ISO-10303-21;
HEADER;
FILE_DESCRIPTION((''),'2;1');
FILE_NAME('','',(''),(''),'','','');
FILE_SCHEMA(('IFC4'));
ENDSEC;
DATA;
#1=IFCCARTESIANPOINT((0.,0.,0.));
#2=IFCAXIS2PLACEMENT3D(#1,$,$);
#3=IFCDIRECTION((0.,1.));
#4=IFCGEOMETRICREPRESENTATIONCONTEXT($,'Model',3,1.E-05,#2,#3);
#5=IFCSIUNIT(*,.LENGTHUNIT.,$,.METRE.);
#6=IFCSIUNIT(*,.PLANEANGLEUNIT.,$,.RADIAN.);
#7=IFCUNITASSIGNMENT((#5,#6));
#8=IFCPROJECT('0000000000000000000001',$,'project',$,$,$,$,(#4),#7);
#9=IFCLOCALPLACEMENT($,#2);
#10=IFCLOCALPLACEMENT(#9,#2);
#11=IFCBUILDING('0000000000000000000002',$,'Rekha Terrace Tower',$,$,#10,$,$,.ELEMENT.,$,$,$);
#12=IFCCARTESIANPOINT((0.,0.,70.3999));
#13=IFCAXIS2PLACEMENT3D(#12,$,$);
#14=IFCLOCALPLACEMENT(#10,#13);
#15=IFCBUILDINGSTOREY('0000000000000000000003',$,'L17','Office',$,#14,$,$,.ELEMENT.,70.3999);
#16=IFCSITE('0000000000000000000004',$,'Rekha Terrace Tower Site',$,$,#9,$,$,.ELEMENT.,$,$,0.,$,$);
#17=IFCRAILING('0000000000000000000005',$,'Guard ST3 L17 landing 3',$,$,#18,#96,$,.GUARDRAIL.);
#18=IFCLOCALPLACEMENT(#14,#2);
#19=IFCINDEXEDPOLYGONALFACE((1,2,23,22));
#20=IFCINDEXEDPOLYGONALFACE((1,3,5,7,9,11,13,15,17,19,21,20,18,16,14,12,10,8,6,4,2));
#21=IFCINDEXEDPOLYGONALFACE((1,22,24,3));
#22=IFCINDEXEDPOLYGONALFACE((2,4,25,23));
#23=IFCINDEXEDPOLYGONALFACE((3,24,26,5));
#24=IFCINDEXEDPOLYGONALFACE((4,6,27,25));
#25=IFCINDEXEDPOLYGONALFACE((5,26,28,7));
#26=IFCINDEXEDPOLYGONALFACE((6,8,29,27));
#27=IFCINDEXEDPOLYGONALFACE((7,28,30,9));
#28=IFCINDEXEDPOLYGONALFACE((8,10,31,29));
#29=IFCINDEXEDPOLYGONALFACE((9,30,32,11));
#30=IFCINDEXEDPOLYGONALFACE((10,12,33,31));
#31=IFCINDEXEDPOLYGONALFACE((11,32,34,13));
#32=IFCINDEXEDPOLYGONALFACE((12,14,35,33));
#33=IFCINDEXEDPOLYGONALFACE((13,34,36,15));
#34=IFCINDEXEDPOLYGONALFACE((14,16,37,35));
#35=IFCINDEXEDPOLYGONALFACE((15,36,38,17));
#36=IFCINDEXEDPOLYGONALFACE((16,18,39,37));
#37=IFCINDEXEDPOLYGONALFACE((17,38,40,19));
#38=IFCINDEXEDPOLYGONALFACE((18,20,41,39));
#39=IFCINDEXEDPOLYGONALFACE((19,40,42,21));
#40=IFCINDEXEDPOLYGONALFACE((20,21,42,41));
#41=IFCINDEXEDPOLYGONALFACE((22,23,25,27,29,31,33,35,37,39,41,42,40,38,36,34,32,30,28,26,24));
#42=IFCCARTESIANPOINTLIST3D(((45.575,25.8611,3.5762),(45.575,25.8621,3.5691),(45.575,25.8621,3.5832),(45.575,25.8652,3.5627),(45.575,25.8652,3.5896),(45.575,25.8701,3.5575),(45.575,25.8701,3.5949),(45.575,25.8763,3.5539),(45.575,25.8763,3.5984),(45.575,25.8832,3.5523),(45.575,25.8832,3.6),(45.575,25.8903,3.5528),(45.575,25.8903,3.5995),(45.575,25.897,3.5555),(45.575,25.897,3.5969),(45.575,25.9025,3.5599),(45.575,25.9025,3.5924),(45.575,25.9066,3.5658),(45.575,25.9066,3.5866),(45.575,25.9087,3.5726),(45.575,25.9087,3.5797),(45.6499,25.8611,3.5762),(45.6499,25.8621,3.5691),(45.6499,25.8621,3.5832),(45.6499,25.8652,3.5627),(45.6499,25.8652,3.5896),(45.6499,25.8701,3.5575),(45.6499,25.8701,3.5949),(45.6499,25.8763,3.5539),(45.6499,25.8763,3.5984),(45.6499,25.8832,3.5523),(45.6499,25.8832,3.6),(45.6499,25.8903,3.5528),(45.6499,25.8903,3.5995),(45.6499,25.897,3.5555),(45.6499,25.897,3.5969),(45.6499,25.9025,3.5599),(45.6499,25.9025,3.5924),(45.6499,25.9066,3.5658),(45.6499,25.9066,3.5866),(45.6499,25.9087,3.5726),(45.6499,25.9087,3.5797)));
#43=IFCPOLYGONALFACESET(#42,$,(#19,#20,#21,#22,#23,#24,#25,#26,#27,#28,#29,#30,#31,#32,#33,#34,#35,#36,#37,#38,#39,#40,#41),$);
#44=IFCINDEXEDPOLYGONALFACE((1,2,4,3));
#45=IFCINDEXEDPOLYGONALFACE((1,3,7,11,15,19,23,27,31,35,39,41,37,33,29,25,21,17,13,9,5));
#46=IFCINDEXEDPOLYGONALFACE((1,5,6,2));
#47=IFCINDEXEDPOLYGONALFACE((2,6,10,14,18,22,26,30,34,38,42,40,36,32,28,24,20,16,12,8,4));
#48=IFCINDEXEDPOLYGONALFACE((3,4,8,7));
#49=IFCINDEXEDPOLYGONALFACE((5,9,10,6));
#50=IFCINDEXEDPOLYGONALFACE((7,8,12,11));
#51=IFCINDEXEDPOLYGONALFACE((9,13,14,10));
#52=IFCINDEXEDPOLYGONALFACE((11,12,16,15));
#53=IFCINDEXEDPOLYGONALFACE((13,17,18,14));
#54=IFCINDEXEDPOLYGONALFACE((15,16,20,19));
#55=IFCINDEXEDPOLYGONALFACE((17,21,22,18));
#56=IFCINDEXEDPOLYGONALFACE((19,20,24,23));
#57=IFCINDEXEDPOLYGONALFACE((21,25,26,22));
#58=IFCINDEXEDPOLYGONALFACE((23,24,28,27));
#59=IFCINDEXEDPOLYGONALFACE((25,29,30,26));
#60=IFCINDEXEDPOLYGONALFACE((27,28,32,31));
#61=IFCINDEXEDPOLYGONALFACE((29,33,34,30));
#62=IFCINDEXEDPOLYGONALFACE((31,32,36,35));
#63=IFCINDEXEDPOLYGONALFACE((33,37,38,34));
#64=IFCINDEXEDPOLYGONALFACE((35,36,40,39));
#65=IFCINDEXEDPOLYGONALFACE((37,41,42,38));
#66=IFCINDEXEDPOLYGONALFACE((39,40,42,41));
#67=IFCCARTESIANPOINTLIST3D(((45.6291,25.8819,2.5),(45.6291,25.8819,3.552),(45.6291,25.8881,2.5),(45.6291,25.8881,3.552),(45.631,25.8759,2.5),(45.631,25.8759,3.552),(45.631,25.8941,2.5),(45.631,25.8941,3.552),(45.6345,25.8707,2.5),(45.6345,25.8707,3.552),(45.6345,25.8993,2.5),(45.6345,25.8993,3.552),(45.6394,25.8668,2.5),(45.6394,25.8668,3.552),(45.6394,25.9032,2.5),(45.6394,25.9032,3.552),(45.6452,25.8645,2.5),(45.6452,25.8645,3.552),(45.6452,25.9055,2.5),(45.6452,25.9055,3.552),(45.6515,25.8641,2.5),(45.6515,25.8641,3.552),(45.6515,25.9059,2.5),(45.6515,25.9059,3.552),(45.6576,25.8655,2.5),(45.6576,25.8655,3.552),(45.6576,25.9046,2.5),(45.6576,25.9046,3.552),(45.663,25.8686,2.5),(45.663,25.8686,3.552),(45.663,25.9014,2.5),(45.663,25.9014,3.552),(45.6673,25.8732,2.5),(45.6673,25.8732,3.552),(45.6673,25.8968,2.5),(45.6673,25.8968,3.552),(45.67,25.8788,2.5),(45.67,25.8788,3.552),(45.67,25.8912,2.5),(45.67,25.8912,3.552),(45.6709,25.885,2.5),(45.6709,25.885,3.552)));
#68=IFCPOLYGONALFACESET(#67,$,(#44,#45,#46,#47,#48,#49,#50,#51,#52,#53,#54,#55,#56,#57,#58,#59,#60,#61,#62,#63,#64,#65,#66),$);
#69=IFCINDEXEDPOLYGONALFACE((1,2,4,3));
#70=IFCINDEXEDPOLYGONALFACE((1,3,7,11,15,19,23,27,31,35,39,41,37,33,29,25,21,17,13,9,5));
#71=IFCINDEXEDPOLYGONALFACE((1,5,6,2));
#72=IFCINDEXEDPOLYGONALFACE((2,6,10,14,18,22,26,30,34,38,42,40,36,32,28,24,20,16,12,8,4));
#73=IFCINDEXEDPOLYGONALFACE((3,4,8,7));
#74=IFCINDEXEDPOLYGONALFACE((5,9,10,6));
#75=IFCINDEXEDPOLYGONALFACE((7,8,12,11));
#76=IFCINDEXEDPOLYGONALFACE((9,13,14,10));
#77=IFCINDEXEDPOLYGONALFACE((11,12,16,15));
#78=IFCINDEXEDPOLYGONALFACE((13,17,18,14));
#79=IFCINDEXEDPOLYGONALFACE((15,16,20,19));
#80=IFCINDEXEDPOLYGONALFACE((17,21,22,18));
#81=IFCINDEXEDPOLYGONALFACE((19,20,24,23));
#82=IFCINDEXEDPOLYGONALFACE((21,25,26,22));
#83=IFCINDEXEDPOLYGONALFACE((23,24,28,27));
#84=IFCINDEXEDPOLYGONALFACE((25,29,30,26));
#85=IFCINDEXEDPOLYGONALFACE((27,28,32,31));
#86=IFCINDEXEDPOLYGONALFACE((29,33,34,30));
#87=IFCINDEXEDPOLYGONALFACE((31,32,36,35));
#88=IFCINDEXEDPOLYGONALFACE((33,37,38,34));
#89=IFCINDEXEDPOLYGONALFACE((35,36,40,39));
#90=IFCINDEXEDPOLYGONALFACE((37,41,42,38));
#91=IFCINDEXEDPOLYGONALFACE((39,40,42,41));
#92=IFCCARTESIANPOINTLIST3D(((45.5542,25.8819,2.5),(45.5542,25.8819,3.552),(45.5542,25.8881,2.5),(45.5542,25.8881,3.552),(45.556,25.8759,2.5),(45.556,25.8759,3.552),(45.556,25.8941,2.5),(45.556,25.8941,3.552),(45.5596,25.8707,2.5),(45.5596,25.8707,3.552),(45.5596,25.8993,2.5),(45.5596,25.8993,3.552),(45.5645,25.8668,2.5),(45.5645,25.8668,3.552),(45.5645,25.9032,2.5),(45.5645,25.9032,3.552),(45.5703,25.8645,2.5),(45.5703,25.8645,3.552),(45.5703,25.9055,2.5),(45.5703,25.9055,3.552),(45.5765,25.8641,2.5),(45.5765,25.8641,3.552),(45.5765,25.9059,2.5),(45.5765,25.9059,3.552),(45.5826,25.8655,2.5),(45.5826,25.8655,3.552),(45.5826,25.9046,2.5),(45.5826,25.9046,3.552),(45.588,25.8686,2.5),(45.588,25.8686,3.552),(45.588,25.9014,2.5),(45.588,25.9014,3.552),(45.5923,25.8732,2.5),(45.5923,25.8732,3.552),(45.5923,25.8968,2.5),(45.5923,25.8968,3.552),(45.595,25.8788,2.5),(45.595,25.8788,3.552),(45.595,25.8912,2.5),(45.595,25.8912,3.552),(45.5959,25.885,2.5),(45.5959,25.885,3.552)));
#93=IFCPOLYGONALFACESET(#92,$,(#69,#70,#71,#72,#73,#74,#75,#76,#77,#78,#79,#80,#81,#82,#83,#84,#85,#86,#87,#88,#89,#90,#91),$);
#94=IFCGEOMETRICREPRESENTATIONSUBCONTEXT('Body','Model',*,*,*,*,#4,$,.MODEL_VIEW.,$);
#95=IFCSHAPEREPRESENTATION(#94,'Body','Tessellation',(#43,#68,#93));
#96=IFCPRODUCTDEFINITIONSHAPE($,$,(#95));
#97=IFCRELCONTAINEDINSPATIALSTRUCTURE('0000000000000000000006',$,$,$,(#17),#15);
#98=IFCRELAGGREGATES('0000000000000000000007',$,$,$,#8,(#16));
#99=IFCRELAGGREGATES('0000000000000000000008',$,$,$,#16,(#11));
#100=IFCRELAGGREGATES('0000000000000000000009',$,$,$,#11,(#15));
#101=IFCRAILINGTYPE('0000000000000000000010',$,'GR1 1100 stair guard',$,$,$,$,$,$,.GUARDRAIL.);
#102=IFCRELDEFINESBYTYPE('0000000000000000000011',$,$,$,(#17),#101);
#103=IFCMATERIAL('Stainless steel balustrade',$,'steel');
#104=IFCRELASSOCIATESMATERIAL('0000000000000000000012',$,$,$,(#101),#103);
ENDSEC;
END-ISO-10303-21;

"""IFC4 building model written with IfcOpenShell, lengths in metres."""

from ifc_helpers import new_model, si_unit, direction, frame, origin, origin_2d, place, context, subcontext, project, spatial, circle, extrude, material, type_object, element, save


model = new_model("IFC4")

# Units and contexts
model_context = context("Model", 3, precision=1e-05, world=origin(), true_north=direction((0.0, 1.0)))
body_context = subcontext(model_context, "Body", "Model", "MODEL_VIEW")
ifc_project = project(units=[si_unit("LENGTHUNIT", "METRE"), si_unit("PLANEANGLEUNIT", "RADIAN")], contexts=[model_context])

# Site, building, storey
site_placement = place(None, origin())
site = spatial("IfcSite", under=ifc_project, at=site_placement, Name="Rekha Terrace Tower Site", CompositionType="ELEMENT", RefElevation=0.0)
building_placement = place(site_placement, origin())
building = spatial("IfcBuilding", under=site, at=building_placement, Name="Rekha Terrace Tower", CompositionType="ELEMENT")
storey_placement = place(building_placement, frame((0.0, 0.0, 70.3999)))
storey = spatial("IfcBuildingStorey", under=building, at=storey_placement, Name="L17", Description="Office", CompositionType="ELEMENT", Elevation=70.3999)

# Railing
ifc_material_1 = material(Name="Stainless steel balustrade", Category="steel")
railing_type_1 = type_object("IfcRailingType", Name="GR1 1100 stair guard", PredefinedType="GUARDRAIL", material=ifc_material_1)
railing_1_placement = place(storey_placement, frame((45.6499, 25.885, 2.5)))
element("IfcRailing", 1, at=railing_1_placement, inside=storey, type_object=railing_type_1, Name="Guard ST3 L17 landing 3", PredefinedType="GUARDRAIL", context=body_context, shape_type="SweptSolid", body=[
    extrude(circle(Radius=0.0239, at=origin_2d()), frame((0.0, 0.0, 1.0762), z_axis=(-1.0, 0.0, 0.0), x_axis=(0.0, -1.0, 0.0)), (0.0, 0.0, 1.0), 0.075),
    extrude(circle(Radius=0.021, at=origin_2d()), origin(), (0.0, 0.0, 1.0), 1.052),
    extrude(circle(Radius=0.021, at=origin_2d()), frame((-0.075, 0.0, 0.0)), (0.0, 0.0, 1.0), 1.052),
])

save(model, "model.ifc")
